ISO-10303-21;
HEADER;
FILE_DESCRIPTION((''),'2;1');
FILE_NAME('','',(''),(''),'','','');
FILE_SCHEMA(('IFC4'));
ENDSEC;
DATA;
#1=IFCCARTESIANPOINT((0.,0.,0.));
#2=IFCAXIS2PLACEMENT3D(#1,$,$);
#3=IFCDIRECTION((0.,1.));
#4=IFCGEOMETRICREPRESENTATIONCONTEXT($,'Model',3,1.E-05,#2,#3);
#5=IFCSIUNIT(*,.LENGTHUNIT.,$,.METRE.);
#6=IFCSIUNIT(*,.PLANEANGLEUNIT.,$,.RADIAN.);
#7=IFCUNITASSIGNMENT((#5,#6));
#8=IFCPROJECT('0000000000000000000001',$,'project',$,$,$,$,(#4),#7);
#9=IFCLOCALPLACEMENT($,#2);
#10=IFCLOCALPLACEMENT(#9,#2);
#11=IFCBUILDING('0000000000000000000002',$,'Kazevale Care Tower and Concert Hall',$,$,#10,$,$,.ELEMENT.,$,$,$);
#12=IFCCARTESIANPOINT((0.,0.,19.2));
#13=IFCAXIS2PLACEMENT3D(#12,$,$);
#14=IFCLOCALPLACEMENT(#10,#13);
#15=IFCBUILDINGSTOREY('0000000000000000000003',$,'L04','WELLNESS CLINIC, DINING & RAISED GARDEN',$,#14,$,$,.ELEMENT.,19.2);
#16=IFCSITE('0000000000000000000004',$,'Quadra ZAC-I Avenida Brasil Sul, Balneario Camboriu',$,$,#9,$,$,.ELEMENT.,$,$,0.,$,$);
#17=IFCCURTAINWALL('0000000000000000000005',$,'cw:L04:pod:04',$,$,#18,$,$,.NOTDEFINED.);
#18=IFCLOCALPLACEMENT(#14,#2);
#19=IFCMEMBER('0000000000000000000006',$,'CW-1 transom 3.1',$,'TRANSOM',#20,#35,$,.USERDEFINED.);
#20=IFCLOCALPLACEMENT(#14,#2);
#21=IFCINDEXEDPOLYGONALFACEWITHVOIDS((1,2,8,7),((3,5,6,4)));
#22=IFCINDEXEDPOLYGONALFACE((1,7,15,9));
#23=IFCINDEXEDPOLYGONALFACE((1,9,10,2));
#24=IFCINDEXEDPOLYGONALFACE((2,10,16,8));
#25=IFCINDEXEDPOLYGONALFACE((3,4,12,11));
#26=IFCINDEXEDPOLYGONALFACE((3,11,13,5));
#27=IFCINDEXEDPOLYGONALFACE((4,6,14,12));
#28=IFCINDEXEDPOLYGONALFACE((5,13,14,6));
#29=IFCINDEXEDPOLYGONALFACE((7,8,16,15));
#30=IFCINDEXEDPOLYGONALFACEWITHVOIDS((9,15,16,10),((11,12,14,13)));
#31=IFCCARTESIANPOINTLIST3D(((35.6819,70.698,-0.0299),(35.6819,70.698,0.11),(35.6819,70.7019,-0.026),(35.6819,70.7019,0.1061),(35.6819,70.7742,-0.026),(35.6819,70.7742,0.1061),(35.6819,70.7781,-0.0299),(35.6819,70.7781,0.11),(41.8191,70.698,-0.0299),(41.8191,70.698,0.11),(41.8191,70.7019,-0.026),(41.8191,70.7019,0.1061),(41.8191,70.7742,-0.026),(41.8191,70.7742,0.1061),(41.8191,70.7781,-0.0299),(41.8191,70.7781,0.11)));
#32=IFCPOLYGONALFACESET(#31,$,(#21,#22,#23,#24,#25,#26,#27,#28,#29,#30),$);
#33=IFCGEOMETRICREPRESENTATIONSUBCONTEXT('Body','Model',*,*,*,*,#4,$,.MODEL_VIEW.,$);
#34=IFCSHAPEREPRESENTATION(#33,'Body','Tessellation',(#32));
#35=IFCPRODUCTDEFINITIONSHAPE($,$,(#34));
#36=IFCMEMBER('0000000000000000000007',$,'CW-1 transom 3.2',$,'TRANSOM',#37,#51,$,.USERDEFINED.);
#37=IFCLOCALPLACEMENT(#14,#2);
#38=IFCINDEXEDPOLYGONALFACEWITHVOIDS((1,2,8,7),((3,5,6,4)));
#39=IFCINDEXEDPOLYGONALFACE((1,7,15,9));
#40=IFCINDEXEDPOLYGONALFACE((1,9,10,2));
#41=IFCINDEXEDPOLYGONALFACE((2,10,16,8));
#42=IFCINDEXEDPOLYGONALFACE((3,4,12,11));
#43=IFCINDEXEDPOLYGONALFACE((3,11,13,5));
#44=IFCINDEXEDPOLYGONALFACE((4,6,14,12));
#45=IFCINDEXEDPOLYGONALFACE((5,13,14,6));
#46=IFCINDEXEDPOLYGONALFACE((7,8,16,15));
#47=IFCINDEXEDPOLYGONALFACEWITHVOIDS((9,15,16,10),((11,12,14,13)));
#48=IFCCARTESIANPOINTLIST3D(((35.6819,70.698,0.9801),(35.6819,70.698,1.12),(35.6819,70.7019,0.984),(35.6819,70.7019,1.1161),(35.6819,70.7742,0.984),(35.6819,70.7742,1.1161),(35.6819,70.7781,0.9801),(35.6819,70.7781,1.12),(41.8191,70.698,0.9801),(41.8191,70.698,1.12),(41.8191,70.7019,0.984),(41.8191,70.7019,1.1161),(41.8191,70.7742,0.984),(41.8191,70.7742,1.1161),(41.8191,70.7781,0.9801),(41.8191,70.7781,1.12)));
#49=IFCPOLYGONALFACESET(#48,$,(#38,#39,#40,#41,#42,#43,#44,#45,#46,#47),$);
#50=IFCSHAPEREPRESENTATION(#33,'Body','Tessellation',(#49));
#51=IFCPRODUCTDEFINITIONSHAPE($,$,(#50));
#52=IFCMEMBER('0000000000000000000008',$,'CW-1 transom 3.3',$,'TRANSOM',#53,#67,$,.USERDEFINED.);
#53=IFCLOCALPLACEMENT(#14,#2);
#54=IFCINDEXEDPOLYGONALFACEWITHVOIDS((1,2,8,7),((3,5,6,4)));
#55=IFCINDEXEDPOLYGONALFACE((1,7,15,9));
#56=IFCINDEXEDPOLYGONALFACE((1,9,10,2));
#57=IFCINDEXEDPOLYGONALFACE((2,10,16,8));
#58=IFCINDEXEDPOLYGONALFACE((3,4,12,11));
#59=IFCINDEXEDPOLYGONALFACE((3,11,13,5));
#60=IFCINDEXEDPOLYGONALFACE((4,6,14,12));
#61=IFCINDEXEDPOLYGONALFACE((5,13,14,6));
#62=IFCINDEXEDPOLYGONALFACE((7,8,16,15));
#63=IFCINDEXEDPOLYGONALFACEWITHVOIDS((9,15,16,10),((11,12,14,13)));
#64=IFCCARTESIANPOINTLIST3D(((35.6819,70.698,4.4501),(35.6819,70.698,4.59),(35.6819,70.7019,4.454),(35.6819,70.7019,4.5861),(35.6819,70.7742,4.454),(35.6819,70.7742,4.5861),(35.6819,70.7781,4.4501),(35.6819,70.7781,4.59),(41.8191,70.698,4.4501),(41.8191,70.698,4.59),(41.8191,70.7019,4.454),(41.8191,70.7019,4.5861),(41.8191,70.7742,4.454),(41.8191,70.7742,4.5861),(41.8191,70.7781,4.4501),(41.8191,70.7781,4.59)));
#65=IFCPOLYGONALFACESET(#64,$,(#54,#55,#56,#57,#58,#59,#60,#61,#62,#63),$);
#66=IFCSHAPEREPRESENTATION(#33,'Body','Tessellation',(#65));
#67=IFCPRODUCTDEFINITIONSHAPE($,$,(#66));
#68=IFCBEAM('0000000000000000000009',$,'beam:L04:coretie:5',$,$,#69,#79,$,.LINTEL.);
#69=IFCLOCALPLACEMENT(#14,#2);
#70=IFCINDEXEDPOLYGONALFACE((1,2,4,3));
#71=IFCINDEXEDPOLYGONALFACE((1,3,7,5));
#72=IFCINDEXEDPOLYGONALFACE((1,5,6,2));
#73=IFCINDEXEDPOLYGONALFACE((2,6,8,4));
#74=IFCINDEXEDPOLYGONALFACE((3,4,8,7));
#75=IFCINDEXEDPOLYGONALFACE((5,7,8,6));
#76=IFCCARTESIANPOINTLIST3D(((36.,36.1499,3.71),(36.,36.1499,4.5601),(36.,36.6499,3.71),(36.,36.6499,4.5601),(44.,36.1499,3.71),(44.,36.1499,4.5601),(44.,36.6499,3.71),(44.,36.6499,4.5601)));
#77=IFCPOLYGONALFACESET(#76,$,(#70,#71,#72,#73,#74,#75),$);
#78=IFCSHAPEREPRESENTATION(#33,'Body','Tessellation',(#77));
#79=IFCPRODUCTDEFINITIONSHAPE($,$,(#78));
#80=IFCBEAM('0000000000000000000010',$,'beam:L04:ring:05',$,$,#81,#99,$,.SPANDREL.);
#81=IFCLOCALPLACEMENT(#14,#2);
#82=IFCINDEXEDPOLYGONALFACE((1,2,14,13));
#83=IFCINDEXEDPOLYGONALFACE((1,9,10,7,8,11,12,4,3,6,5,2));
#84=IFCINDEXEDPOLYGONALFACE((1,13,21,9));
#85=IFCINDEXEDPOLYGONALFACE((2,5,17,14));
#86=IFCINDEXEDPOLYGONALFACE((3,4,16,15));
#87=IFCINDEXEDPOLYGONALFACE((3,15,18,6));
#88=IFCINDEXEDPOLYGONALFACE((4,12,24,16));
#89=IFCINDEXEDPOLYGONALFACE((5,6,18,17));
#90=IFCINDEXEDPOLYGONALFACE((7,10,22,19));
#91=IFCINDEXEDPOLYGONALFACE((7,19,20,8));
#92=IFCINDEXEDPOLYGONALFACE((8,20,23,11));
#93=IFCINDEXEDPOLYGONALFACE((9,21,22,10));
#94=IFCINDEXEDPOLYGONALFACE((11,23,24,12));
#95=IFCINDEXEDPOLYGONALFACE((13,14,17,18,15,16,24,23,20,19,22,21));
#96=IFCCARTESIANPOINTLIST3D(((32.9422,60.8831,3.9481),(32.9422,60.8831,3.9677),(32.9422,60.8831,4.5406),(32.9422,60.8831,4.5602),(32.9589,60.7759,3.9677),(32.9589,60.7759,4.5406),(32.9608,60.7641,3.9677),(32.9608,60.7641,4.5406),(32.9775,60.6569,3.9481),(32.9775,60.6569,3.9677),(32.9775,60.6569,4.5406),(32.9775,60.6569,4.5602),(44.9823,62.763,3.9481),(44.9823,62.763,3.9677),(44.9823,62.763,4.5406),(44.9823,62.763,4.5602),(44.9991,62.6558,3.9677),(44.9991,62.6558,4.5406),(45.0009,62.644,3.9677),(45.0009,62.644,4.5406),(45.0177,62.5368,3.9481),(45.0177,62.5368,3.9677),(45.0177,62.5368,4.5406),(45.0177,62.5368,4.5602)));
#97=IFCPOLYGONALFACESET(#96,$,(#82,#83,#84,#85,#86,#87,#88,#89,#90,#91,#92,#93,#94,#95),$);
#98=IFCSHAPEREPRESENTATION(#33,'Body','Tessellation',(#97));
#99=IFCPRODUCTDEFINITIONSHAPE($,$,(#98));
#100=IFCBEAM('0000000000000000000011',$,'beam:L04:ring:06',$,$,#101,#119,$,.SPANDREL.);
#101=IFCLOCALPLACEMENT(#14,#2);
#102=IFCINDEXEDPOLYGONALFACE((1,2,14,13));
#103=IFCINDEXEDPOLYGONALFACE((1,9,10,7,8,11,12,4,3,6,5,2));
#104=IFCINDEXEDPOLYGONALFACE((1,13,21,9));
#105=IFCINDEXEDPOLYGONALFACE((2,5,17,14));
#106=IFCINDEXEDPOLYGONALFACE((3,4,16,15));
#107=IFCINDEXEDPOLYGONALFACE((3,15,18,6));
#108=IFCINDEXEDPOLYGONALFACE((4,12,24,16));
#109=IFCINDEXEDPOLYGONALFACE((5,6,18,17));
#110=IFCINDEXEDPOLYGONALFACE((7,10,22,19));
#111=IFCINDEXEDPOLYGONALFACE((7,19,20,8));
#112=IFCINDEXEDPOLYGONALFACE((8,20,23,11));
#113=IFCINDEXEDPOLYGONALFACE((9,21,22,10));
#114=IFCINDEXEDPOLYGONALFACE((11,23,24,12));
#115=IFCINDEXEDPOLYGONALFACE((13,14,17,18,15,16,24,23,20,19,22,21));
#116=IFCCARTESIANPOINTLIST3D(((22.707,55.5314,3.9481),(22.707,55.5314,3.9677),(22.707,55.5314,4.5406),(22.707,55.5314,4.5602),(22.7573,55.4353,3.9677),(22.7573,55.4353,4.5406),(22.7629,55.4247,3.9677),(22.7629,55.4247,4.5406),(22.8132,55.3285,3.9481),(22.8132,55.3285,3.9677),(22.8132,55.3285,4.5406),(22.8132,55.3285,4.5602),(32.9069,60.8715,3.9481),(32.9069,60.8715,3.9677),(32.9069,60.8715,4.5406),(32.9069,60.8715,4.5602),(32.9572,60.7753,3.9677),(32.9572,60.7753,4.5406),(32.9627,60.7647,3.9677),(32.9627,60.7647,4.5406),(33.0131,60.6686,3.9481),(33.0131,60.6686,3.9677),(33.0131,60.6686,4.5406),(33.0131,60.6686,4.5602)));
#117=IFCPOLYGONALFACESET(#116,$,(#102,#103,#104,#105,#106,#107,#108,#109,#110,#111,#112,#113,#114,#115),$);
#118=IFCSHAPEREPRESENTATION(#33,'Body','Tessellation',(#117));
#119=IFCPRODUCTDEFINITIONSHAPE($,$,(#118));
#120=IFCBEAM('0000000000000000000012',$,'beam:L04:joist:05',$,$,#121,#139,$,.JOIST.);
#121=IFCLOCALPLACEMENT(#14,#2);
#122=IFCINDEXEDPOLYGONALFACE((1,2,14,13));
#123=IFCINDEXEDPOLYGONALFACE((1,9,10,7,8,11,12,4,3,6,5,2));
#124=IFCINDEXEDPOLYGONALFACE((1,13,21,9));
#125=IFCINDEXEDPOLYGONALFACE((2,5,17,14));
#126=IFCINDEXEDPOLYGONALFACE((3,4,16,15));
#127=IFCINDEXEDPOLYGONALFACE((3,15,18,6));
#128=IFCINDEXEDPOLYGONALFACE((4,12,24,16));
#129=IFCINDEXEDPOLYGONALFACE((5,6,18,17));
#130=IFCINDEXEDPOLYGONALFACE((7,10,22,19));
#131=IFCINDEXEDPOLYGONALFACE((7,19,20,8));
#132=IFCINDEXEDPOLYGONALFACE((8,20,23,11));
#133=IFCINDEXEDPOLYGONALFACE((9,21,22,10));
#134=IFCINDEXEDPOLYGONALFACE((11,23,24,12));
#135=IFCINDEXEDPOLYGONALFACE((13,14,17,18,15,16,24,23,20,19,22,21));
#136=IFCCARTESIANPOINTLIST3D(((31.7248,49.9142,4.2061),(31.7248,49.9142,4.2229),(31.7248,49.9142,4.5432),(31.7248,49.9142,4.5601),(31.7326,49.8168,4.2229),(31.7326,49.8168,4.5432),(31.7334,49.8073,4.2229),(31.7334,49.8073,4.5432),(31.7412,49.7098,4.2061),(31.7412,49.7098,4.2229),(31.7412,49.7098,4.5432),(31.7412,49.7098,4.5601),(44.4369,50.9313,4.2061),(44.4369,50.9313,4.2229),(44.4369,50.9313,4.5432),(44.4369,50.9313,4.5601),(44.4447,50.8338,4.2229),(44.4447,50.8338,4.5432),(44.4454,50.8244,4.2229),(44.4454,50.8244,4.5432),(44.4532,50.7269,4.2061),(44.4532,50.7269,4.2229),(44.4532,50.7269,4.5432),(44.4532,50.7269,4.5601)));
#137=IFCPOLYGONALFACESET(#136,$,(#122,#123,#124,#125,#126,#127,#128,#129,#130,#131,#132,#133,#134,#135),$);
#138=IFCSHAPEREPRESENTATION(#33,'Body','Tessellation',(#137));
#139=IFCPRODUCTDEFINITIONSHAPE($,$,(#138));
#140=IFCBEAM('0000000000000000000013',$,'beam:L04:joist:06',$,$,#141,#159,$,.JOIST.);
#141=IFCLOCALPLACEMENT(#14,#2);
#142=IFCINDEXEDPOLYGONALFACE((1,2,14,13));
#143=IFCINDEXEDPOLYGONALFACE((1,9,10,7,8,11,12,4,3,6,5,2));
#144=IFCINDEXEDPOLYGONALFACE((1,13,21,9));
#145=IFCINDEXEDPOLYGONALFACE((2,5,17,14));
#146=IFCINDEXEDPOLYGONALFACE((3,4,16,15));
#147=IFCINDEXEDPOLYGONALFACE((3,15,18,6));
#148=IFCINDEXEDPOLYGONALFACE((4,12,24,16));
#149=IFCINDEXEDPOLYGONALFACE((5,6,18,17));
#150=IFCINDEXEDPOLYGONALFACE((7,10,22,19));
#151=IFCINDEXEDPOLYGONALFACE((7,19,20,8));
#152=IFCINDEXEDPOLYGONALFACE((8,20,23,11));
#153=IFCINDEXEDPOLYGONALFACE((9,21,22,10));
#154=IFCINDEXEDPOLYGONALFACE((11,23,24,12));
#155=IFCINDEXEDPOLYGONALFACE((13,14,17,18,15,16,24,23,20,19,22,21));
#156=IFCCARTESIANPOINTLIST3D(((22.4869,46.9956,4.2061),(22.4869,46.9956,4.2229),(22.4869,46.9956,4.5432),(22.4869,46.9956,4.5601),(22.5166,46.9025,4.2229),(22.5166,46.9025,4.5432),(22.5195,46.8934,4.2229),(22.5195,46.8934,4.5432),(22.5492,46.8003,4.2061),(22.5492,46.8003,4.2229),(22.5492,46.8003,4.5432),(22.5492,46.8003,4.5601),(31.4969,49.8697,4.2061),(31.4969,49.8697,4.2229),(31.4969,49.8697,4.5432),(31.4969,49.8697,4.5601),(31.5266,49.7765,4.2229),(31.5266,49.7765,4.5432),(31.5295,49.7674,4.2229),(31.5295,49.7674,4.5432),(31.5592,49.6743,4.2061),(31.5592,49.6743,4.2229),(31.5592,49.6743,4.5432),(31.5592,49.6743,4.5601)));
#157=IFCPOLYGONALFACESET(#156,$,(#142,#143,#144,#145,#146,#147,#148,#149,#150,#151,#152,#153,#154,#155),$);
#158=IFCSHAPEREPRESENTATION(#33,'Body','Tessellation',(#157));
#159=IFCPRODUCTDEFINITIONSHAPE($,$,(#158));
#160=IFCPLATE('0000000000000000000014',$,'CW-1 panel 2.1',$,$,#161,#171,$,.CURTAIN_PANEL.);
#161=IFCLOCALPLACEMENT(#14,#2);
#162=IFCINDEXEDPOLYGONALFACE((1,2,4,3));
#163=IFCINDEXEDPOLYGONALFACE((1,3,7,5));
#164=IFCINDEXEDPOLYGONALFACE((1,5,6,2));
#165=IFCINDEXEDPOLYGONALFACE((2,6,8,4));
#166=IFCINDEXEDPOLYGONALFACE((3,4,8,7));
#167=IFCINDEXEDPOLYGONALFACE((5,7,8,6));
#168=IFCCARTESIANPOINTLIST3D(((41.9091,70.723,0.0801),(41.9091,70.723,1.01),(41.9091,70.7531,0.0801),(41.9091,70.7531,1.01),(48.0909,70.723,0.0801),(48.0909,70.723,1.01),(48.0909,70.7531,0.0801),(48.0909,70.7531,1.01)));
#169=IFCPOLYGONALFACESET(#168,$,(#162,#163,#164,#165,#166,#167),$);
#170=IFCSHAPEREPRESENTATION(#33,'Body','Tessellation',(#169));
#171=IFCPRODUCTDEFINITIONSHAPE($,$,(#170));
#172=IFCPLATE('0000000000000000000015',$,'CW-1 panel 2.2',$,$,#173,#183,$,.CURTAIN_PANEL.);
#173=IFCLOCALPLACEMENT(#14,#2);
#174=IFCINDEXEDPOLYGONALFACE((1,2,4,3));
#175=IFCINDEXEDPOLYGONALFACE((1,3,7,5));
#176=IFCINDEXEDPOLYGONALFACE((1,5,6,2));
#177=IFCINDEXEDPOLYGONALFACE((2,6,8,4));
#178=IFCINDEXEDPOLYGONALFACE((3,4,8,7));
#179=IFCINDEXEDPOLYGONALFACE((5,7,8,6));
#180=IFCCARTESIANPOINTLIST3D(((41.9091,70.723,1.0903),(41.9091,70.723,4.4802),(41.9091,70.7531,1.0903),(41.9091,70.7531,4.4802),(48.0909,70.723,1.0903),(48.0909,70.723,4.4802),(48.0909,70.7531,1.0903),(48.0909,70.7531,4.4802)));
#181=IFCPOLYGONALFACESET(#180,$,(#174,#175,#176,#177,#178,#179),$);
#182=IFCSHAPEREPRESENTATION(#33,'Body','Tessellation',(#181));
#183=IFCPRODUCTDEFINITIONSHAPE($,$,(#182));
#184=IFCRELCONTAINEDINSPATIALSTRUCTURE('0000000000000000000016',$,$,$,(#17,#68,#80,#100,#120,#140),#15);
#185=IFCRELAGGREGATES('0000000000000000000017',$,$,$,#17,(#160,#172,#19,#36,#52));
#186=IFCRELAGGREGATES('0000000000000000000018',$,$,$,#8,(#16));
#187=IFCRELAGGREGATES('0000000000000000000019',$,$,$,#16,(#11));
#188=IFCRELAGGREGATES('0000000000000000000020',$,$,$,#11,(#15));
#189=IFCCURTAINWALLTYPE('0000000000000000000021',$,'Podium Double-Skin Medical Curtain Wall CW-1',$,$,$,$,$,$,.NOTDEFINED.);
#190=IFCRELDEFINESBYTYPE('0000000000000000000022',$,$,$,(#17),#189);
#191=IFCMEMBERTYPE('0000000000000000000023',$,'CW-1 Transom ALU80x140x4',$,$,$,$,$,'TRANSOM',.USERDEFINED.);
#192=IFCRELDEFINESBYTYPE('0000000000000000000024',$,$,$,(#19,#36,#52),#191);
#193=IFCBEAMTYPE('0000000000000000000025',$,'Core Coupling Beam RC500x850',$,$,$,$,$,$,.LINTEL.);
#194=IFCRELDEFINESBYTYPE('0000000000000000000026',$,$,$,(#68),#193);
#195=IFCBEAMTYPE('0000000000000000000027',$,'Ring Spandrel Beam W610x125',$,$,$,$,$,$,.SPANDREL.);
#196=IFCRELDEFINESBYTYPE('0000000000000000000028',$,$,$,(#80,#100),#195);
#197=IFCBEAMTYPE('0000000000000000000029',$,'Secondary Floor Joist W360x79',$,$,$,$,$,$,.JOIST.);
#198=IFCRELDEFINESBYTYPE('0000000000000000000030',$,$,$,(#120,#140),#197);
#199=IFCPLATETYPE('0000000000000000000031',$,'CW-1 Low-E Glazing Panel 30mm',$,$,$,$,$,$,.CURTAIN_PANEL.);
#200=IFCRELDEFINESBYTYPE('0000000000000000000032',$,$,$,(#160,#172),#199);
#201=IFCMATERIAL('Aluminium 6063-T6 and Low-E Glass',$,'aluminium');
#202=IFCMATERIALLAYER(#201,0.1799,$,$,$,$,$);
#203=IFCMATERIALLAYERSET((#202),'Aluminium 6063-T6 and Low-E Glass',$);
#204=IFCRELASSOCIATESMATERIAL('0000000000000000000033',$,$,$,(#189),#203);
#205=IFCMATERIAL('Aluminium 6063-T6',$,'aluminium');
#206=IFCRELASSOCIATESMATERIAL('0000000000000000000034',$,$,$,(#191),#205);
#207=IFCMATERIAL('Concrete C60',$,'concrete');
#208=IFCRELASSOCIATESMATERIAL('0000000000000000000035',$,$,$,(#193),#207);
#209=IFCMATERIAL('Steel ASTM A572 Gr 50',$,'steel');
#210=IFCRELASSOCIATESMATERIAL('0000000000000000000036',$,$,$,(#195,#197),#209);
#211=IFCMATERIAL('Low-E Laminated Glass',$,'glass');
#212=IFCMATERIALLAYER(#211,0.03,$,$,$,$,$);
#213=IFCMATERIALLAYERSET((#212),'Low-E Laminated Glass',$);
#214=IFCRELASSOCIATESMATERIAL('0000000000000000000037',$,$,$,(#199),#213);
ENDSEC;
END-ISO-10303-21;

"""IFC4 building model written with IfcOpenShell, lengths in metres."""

from ifc_helpers import new_model, si_unit, direction, frame, origin, origin_2d, place, context, subcontext, project, spatial, rectangle, hollow_rectangle, i_section, extrude, material, layer, layer_set, material_profile, profile_set, type_object, element, aggregate, save


model = new_model("IFC4")

# Units and contexts
model_context = context("Model", 3, precision=1e-05, world=origin(), true_north=direction((0.0, 1.0)))
body_context = subcontext(model_context, "Body", "Model", "MODEL_VIEW")
ifc_project = project(units=[si_unit("LENGTHUNIT", "METRE"), si_unit("PLANEANGLEUNIT", "RADIAN")], contexts=[model_context])

# Site, building, storey
site_placement = place(None, origin())
site = spatial("IfcSite", under=ifc_project, at=site_placement, Name="Quadra ZAC-I Avenida Brasil Sul, Balneario Camboriu", CompositionType="ELEMENT", RefElevation=0.0)
building_placement = place(site_placement, origin())
building = spatial("IfcBuilding", under=site, at=building_placement, Name="Kazevale Care Tower and Concert Hall", CompositionType="ELEMENT")
storey_placement = place(building_placement, frame((0.0, 0.0, 19.2)))
storey = spatial("IfcBuildingStorey", under=building, at=storey_placement, Name="L04", Description="WELLNESS CLINIC, DINING & RAISED GARDEN", CompositionType="ELEMENT", Elevation=19.2)

# Curtain wall, members
ifc_material_1 = material(Name="Aluminium 6063-T6 and Low-E Glass", Category="aluminium")
ifc_layer_1 = layer(ifc_material_1, 0.1799)
ifc_layer_set_1 = layer_set([ifc_layer_1], Name="Aluminium 6063-T6 and Low-E Glass")
curtain_wall_type = type_object("IfcCurtainWallType", Name="Podium Double-Skin Medical Curtain Wall CW-1", PredefinedType="NOTDEFINED", material=ifc_layer_set_1)
curtain_wall_placement = place(storey_placement, origin())
curtain_wall = element("IfcCurtainWall", 1, at=curtain_wall_placement, inside=storey, type_object=curtain_wall_type, Name="cw:L04:pod:04", PredefinedType="NOTDEFINED")
ifc_material_2 = material(Name="Aluminium 6063-T6", Category="aluminium")
ifc_material_profile_1 = material_profile(ifc_material_2, hollow_rectangle(XDim=0.0801, YDim=0.1399, WallThickness=0.0039, at=origin_2d()), Name="ALU80x140x4")
ifc_profile_set_1 = profile_set([ifc_material_profile_1], Name="Aluminium 6063-T6")
member_type_1 = type_object("IfcMemberType", Name="CW-1 Transom ALU80x140x4", ElementType="TRANSOM", PredefinedType="USERDEFINED", material=ifc_profile_set_1)
member_1_placement = place(storey_placement, frame((41.8191, 70.738, 0.04), z_axis=(-1.0, 0.0, 0.0), x_axis=(0.0, -1.0, 0.0)))
member_1 = element("IfcMember", 2, at=member_1_placement, type_object=member_type_1, Name="CW-1 transom 3.1", ObjectType="TRANSOM", PredefinedType="USERDEFINED", context=body_context, shape_type="SweptSolid", body=[
    extrude(hollow_rectangle(XDim=0.0801, YDim=0.1399, WallThickness=0.0039, at=origin_2d()), origin(), (0.0, 0.0, 1.0), 6.1372),
])
member_2_placement = place(storey_placement, frame((41.8191, 70.738, 1.05), z_axis=(-1.0, 0.0, 0.0), x_axis=(0.0, -1.0, 0.0)))
member_2 = element("IfcMember", 3, at=member_2_placement, type_object=member_type_1, Name="CW-1 transom 3.2", ObjectType="TRANSOM", PredefinedType="USERDEFINED", context=body_context, shape_type="SweptSolid", body=[
    extrude(hollow_rectangle(XDim=0.0801, YDim=0.1399, WallThickness=0.0039, at=origin_2d()), origin(), (0.0, 0.0, 1.0), 6.1372),
])
member_3_placement = place(storey_placement, frame((41.8191, 70.738, 4.52), z_axis=(-1.0, 0.0, 0.0), x_axis=(0.0, -1.0, 0.0)))
member_3 = element("IfcMember", 4, at=member_3_placement, type_object=member_type_1, Name="CW-1 transom 3.3", ObjectType="TRANSOM", PredefinedType="USERDEFINED", context=body_context, shape_type="SweptSolid", body=[
    extrude(hollow_rectangle(XDim=0.0801, YDim=0.1399, WallThickness=0.0039, at=origin_2d()), origin(), (0.0, 0.0, 1.0), 6.1372),
])

# Beams
ifc_material_3 = material(Name="Concrete C60", Category="concrete")
ifc_material_profile_2 = material_profile(ifc_material_3, rectangle(XDim=0.5, YDim=0.8501, at=origin_2d()), Name="RC-B500x850")
ifc_profile_set_2 = profile_set([ifc_material_profile_2], Name="Concrete C60")
beam_type_1 = type_object("IfcBeamType", Name="Core Coupling Beam RC500x850", PredefinedType="LINTEL", material=ifc_profile_set_2)
beam_1_placement = place(storey_placement, frame((44.0, 36.3999, 4.135), z_axis=(-1.0, 0.0, 0.0), x_axis=(0.0, -1.0, 0.0)))
element("IfcBeam", 5, at=beam_1_placement, inside=storey, type_object=beam_type_1, Name="beam:L04:coretie:5", PredefinedType="LINTEL", context=body_context, shape_type="SweptSolid", body=[
    extrude(rectangle(XDim=0.5, YDim=0.8501, at=origin_2d()), origin(), (0.0, 0.0, 1.0), 8.0),
])
ifc_material_4 = material(Name="Steel ASTM A572 Gr 50", Category="steel")
ifc_material_profile_3 = material_profile(ifc_material_4, i_section(OverallWidth=0.229, OverallDepth=0.6121, WebThickness=0.012, FlangeThickness=0.0195, at=origin_2d()), Name="W610x125")
ifc_profile_set_3 = profile_set([ifc_material_profile_3], Name="Steel ASTM A572 Gr 50")
beam_type_2 = type_object("IfcBeamType", Name="Ring Spandrel Beam W610x125", PredefinedType="SPANDREL", material=ifc_profile_set_3)
beam_2_placement = place(storey_placement, frame((45.0, 62.6499, 4.2542), z_axis=(-0.988029, -0.154267, 0.0), x_axis=(0.154267, -0.988029, 0.0)))
element("IfcBeam", 6, at=beam_2_placement, inside=storey, type_object=beam_type_2, Name="beam:L04:ring:05", PredefinedType="SPANDREL", context=body_context, shape_type="SweptSolid", body=[
    extrude(i_section(OverallWidth=0.229, OverallDepth=0.6121, WebThickness=0.012, FlangeThickness=0.0195, at=origin_2d()), origin(), (0.0, 0.0, 1.0), 12.186),
])
beam_3_placement = place(storey_placement, frame((32.96, 60.77, 4.2542), z_axis=(-0.885929, -0.46382, 0.0), x_axis=(0.46382, -0.885929, 0.0)))
element("IfcBeam", 7, at=beam_3_placement, inside=storey, type_object=beam_type_2, Name="beam:L04:ring:06", PredefinedType="SPANDREL", context=body_context, shape_type="SweptSolid", body=[
    extrude(i_section(OverallWidth=0.229, OverallDepth=0.6121, WebThickness=0.012, FlangeThickness=0.0195, at=origin_2d()), origin(), (0.0, 0.0, 1.0), 11.5132),
])
ifc_material_profile_4 = material_profile(ifc_material_4, i_section(OverallWidth=0.2051, OverallDepth=0.354, WebThickness=0.0095, FlangeThickness=0.0168, at=origin_2d()), Name="W360x79")
ifc_profile_set_4 = profile_set([ifc_material_profile_4], Name="Steel ASTM A572 Gr 50")
beam_type_3 = type_object("IfcBeamType", Name="Secondary Floor Joist W360x79", PredefinedType="JOIST", material=ifc_profile_set_4)
beam_4_placement = place(storey_placement, frame((44.4451, 50.8291, 4.3831), z_axis=(-0.996815, -0.079754, 0.0), x_axis=(0.079754, -0.996815, 0.0)))
element("IfcBeam", 8, at=beam_4_placement, inside=storey, type_object=beam_type_3, Name="beam:L04:joist:05", PredefinedType="JOIST", context=body_context, shape_type="SweptSolid", body=[
    extrude(i_section(OverallWidth=0.2051, OverallDepth=0.354, WebThickness=0.0095, FlangeThickness=0.0168, at=origin_2d()), origin(), (0.0, 0.0, 1.0), 12.7527),
])
beam_5_placement = place(storey_placement, frame((31.5281, 49.772, 4.3831), z_axis=(-0.952705, -0.303895, 0.0), x_axis=(0.303895, -0.952705, 0.0)))
element("IfcBeam", 9, at=beam_5_placement, inside=storey, type_object=beam_type_3, Name="beam:L04:joist:06", PredefinedType="JOIST", context=body_context, shape_type="SweptSolid", body=[
    extrude(i_section(OverallWidth=0.2051, OverallDepth=0.354, WebThickness=0.0095, FlangeThickness=0.0168, at=origin_2d()), origin(), (0.0, 0.0, 1.0), 9.4573),
])

# Plates
ifc_material_5 = material(Name="Low-E Laminated Glass", Category="glass")
ifc_layer_2 = layer(ifc_material_5, 0.03)
ifc_layer_set_2 = layer_set([ifc_layer_2], Name="Low-E Laminated Glass")
plate_type = type_object("IfcPlateType", Name="CW-1 Low-E Glazing Panel 30mm", PredefinedType="CURTAIN_PANEL", material=ifc_layer_set_2)
plate_1_placement = place(storey_placement, frame((45.0, 70.738, 0.0801), z_axis=(0.0, 0.0, 1.0), x_axis=(-1.0, 0.0, 0.0)))
plate_1 = element("IfcPlate", 10, at=plate_1_placement, type_object=plate_type, Name="CW-1 panel 2.1", PredefinedType="CURTAIN_PANEL", context=body_context, shape_type="SweptSolid", body=[
    extrude(rectangle(XDim=6.1819, YDim=0.03, at=origin_2d()), origin(), (0.0, 0.0, 1.0), 0.9299),
])
plate_2_placement = place(storey_placement, frame((45.0, 70.738, 1.0903), z_axis=(0.0, 0.0, 1.0), x_axis=(-1.0, 0.0, 0.0)))
plate_2 = element("IfcPlate", 11, at=plate_2_placement, type_object=plate_type, Name="CW-1 panel 2.2", PredefinedType="CURTAIN_PANEL", context=body_context, shape_type="SweptSolid", body=[
    extrude(rectangle(XDim=6.1819, YDim=0.03, at=origin_2d()), origin(), (0.0, 0.0, 1.0), 3.3899),
])
aggregate(curtain_wall, [plate_1, plate_2, member_1, member_2, member_3])

save(model, "model.ifc")
